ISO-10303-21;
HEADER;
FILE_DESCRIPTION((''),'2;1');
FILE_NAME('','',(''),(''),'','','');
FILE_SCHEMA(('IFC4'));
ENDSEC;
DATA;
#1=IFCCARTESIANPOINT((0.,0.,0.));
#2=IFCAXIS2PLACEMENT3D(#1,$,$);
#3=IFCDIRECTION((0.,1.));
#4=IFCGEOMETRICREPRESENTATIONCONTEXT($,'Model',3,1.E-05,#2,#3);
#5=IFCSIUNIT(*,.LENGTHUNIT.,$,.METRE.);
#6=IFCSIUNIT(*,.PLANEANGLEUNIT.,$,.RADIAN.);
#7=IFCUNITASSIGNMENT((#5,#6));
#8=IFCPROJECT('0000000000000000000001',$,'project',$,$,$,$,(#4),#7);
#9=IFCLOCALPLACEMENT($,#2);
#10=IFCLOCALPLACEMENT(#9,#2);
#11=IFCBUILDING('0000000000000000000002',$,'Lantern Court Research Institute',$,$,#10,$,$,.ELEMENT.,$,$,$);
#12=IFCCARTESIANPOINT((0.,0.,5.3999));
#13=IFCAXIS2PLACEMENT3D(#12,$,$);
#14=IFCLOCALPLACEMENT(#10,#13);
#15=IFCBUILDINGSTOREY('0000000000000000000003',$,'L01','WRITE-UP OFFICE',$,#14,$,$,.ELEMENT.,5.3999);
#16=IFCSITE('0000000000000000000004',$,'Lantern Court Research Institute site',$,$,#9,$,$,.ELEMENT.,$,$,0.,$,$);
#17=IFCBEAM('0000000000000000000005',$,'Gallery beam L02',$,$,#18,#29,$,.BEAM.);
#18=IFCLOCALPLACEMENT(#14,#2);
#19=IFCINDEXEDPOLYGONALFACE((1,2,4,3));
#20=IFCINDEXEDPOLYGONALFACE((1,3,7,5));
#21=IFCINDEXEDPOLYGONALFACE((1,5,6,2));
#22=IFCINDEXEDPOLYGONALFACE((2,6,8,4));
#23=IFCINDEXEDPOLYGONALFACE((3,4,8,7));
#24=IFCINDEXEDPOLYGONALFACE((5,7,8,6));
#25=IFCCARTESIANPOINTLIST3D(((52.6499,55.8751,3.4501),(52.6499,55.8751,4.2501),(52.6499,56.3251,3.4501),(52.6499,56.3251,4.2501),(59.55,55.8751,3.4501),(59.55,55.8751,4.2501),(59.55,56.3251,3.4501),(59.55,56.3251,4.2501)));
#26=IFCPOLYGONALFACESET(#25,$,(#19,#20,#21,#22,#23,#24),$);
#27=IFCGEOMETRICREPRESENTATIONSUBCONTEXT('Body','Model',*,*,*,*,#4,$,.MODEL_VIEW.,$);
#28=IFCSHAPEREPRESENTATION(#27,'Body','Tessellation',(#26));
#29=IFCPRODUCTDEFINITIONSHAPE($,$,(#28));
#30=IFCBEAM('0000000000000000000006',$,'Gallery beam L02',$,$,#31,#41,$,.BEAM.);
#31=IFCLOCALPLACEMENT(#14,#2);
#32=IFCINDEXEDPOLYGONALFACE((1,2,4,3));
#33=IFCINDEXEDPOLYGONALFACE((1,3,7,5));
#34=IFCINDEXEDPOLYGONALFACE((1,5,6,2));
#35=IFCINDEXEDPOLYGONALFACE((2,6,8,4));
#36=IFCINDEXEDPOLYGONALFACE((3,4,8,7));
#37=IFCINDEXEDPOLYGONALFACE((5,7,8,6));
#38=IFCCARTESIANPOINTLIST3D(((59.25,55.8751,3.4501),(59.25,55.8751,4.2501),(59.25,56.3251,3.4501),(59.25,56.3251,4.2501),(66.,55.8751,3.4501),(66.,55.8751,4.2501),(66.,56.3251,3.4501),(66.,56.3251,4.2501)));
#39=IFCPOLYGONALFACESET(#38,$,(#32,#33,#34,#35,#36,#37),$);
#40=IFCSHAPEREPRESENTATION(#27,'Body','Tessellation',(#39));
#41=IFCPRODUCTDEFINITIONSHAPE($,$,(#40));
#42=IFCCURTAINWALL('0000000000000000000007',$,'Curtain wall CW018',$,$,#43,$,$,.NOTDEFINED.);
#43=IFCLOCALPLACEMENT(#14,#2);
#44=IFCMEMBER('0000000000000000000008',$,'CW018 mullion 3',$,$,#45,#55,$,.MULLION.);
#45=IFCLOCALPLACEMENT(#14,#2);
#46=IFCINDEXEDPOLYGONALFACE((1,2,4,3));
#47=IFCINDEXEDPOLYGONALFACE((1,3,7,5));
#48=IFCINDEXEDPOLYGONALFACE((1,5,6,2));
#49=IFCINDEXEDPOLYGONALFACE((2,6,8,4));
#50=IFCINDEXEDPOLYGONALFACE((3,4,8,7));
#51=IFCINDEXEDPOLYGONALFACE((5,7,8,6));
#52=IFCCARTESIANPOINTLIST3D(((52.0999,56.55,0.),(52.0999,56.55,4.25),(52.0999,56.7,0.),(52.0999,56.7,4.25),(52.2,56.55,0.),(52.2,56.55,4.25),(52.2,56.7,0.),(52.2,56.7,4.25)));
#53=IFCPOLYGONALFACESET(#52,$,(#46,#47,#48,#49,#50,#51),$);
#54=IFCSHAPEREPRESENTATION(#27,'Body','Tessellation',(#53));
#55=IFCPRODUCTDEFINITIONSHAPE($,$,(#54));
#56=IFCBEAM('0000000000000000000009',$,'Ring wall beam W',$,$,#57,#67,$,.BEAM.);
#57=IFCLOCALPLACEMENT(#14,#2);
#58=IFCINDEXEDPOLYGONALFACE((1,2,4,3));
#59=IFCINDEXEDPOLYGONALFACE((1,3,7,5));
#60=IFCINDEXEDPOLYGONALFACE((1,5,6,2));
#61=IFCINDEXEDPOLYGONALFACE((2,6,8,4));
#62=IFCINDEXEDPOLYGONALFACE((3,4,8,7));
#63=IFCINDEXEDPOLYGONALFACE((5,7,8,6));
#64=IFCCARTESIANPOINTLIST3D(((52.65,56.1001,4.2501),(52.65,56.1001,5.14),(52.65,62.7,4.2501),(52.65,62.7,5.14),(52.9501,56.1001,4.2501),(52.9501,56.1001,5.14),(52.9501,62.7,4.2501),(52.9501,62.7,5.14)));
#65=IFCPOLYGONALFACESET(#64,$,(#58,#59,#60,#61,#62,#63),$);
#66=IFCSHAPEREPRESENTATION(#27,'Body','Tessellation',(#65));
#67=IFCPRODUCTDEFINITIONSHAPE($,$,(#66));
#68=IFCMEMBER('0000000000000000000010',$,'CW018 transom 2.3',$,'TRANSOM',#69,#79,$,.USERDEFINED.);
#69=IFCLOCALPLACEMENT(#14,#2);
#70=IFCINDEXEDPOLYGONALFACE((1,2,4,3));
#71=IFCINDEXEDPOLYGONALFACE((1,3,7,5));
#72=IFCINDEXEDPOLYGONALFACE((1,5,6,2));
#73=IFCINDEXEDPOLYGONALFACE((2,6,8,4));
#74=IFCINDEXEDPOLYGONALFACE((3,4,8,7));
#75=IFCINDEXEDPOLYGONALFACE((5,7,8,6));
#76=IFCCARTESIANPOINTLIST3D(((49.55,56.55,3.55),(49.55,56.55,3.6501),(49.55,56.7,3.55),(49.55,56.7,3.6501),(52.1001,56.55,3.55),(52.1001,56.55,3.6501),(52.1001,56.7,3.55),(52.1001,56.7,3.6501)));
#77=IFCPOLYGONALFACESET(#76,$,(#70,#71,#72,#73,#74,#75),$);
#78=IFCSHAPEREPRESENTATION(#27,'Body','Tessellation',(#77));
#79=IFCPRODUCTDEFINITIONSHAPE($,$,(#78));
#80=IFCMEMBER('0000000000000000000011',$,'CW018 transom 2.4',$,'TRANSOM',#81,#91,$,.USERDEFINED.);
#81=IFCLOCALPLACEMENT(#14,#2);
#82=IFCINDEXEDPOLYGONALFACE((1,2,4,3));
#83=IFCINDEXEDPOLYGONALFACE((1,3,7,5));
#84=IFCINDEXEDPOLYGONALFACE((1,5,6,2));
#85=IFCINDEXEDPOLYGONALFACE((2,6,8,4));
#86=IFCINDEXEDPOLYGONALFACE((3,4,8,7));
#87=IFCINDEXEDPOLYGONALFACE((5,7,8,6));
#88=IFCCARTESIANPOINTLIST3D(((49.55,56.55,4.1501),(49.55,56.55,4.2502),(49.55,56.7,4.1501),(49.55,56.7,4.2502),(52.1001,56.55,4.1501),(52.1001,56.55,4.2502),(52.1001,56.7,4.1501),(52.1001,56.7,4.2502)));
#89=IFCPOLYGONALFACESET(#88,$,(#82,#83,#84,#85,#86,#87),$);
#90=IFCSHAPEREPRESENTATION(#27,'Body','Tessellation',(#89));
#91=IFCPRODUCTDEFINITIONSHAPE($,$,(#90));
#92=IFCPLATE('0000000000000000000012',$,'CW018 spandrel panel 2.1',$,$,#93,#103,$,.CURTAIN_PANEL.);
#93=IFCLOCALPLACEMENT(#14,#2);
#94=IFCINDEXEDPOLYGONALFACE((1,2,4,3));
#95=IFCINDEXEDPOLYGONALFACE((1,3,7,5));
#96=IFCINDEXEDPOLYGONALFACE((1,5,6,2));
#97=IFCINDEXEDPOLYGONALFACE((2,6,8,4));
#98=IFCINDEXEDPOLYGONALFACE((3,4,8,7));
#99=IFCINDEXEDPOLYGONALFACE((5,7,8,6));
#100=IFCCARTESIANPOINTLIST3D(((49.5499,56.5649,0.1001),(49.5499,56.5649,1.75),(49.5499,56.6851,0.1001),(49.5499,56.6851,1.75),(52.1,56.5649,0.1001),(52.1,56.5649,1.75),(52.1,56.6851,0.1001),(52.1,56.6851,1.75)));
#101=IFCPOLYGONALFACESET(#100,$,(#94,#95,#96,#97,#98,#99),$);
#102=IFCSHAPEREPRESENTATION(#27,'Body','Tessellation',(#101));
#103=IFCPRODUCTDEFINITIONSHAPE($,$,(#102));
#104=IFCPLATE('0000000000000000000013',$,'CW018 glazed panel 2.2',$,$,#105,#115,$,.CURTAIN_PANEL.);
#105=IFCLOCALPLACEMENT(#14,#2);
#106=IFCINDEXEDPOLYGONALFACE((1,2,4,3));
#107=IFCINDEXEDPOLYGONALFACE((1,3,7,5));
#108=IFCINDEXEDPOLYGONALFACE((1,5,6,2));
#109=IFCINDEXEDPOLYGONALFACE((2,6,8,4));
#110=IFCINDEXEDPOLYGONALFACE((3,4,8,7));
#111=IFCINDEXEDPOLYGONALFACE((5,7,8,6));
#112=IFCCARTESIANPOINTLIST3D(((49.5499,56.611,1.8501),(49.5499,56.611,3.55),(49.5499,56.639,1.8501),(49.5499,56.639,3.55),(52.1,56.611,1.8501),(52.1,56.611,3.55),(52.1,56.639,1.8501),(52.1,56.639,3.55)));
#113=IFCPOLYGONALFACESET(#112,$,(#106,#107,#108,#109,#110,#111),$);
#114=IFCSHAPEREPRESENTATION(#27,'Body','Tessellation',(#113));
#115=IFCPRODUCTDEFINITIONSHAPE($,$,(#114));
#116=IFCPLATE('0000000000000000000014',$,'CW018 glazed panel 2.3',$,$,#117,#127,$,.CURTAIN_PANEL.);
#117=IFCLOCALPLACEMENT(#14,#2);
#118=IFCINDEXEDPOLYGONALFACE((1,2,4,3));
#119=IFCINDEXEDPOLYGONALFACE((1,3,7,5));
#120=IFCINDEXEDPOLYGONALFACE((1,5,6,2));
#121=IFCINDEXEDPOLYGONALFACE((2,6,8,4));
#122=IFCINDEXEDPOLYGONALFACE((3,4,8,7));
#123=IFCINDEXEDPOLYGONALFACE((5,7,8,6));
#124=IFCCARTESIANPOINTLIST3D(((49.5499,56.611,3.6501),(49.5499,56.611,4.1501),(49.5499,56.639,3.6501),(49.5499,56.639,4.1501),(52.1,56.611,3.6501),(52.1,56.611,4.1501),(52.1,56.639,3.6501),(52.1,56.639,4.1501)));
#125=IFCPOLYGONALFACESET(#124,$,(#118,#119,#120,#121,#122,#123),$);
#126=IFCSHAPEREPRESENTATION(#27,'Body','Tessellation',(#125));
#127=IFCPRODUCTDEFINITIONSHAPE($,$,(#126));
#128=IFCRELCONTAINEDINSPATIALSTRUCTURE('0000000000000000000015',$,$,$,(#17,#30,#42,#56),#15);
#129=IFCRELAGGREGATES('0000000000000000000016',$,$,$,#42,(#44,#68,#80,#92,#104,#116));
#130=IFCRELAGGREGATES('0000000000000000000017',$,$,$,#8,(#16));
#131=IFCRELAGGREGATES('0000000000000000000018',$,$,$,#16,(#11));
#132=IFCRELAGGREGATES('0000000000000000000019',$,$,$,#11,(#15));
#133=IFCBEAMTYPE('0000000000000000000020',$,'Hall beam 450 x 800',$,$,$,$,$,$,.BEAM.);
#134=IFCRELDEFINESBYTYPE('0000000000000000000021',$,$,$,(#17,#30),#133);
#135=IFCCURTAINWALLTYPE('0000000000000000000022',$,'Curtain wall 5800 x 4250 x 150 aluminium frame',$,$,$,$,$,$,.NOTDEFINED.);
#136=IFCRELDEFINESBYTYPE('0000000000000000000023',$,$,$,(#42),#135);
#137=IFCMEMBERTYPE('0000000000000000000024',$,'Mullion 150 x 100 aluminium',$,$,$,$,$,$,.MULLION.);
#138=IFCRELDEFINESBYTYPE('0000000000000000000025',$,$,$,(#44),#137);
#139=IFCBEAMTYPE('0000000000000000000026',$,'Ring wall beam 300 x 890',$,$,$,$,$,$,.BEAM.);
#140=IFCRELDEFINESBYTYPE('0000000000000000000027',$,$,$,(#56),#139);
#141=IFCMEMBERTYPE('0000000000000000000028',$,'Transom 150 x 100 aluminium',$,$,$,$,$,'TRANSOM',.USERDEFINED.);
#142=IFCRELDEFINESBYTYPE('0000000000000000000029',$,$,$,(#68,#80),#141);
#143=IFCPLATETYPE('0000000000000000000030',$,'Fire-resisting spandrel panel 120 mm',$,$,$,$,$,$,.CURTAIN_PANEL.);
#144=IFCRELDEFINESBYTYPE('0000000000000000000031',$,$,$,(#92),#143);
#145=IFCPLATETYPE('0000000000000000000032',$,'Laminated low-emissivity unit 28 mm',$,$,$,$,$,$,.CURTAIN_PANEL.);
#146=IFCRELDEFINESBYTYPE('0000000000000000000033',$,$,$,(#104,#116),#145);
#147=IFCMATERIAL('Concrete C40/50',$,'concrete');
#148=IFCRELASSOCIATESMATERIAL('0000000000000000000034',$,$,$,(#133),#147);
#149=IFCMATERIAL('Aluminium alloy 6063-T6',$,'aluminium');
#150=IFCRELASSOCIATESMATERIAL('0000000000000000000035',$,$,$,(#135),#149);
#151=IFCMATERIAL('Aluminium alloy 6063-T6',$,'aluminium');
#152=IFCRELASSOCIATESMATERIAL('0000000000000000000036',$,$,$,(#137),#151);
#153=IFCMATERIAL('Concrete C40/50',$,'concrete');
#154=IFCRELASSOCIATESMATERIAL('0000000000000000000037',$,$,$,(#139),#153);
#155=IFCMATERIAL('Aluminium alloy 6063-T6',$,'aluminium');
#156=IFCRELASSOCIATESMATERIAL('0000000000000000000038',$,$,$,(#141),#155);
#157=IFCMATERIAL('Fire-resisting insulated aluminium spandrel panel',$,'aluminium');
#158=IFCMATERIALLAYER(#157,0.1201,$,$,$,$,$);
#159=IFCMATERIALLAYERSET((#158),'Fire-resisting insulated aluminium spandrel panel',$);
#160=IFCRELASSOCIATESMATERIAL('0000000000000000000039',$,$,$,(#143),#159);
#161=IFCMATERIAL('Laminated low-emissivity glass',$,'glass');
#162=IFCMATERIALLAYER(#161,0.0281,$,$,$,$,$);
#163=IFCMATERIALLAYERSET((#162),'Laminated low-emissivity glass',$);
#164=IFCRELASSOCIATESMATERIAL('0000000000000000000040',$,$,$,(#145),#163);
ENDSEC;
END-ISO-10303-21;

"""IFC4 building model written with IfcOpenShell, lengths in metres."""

from ifc_helpers import new_model, si_unit, direction, frame, origin, origin_2d, place, context, subcontext, project, spatial, rectangle, extrude, material, layer, layer_set, material_profile, profile_set, type_object, element, aggregate, save


model = new_model("IFC4")

# Units and contexts
model_context = context("Model", 3, precision=1e-05, world=origin(), true_north=direction((0.0, 1.0)))
body_context = subcontext(model_context, "Body", "Model", "MODEL_VIEW")
ifc_project = project(units=[si_unit("LENGTHUNIT", "METRE"), si_unit("PLANEANGLEUNIT", "RADIAN")], contexts=[model_context])

# Site, building, storey
site_placement = place(None, origin())
site = spatial("IfcSite", under=ifc_project, at=site_placement, Name="Lantern Court Research Institute site", CompositionType="ELEMENT", RefElevation=0.0)
building_placement = place(site_placement, origin())
building = spatial("IfcBuilding", under=site, at=building_placement, Name="Lantern Court Research Institute", CompositionType="ELEMENT")
storey_placement = place(building_placement, frame((0.0, 0.0, 5.3999)))
storey = spatial("IfcBuildingStorey", under=building, at=storey_placement, Name="L01", Description="WRITE-UP OFFICE", CompositionType="ELEMENT", Elevation=5.3999)

# Beams
ifc_material_1 = material(Name="Concrete C40/50", Category="concrete")
ifc_material_profile_1 = material_profile(ifc_material_1, rectangle(XDim=0.45, YDim=0.8, at=origin_2d()), Name="Hall beam 450 x 800")
ifc_profile_set_1 = profile_set([ifc_material_profile_1], Name="Concrete C40/50")
beam_type_1 = type_object("IfcBeamType", Name="Hall beam 450 x 800", PredefinedType="BEAM", material=ifc_profile_set_1)
beam_1_placement = place(storey_placement, frame((52.6499, 56.1001, 3.8501), z_axis=(1.0, 0.0, 0.0), x_axis=(0.0, 1.0, 0.0)))
element("IfcBeam", 1, at=beam_1_placement, inside=storey, type_object=beam_type_1, Name="Gallery beam L02", PredefinedType="BEAM", context=body_context, shape_type="SweptSolid", body=[
    extrude(rectangle(XDim=0.45, YDim=0.8, at=origin_2d()), origin(), (0.0, 0.0, 1.0), 6.9001),
])
beam_2_placement = place(storey_placement, frame((59.25, 56.1001, 3.8501), z_axis=(1.0, 0.0, 0.0), x_axis=(0.0, 1.0, 0.0)))
element("IfcBeam", 2, at=beam_2_placement, inside=storey, type_object=beam_type_1, Name="Gallery beam L02", PredefinedType="BEAM", context=body_context, shape_type="SweptSolid", body=[
    extrude(rectangle(XDim=0.45, YDim=0.8, at=origin_2d()), origin(), (0.0, 0.0, 1.0), 6.75),
])

# Curtain wall, member
ifc_material_2 = material(Name="Aluminium alloy 6063-T6", Category="aluminium")
curtain_wall_type = type_object("IfcCurtainWallType", Name="Curtain wall 5800 x 4250 x 150 aluminium frame", PredefinedType="NOTDEFINED", material=ifc_material_2)
curtain_wall_placement = place(storey_placement, origin())
curtain_wall = element("IfcCurtainWall", 3, at=curtain_wall_placement, inside=storey, type_object=curtain_wall_type, Name="Curtain wall CW018", PredefinedType="NOTDEFINED")
ifc_material_3 = material(Name="Aluminium alloy 6063-T6", Category="aluminium")
ifc_material_profile_2 = material_profile(ifc_material_3, rectangle(XDim=0.1499, YDim=0.1001, at=origin_2d()), Name="Mullion 150 x 100")
ifc_profile_set_2 = profile_set([ifc_material_profile_2], Name="Aluminium alloy 6063-T6")
member_type_1 = type_object("IfcMemberType", Name="Mullion 150 x 100 aluminium", PredefinedType="MULLION", material=ifc_profile_set_2)
member_1_placement = place(storey_placement, frame((52.1499, 56.625, 0.0), z_axis=(0.0, 0.0, 1.0), x_axis=(0.0, 1.0, 0.0)))
member_1 = element("IfcMember", 4, at=member_1_placement, type_object=member_type_1, Name="CW018 mullion 3", PredefinedType="MULLION", context=body_context, shape_type="SweptSolid", body=[
    extrude(rectangle(XDim=0.1499, YDim=0.1001, at=origin_2d()), origin(), (0.0, 0.0, 1.0), 4.25),
])

# Beam
ifc_material_4 = material(Name="Concrete C40/50", Category="concrete")
ifc_material_profile_3 = material_profile(ifc_material_4, rectangle(XDim=0.3, YDim=0.8899, at=origin_2d()), Name="Ring wall beam 300 x 890")
ifc_profile_set_3 = profile_set([ifc_material_profile_3], Name="Concrete C40/50")
beam_type_2 = type_object("IfcBeamType", Name="Ring wall beam 300 x 890", PredefinedType="BEAM", material=ifc_profile_set_3)
beam_3_placement = place(storey_placement, frame((52.8, 56.1001, 4.6951), z_axis=(0.0, 1.0, 0.0), x_axis=(-1.0, 0.0, 0.0)))
element("IfcBeam", 5, at=beam_3_placement, inside=storey, type_object=beam_type_2, Name="Ring wall beam W", PredefinedType="BEAM", context=body_context, shape_type="SweptSolid", body=[
    extrude(rectangle(XDim=0.3, YDim=0.8899, at=origin_2d()), origin(), (0.0, 0.0, 1.0), 6.5999),
])

# Members
ifc_material_5 = material(Name="Aluminium alloy 6063-T6", Category="aluminium")
ifc_material_profile_4 = material_profile(ifc_material_5, rectangle(XDim=0.1499, YDim=0.1001, at=origin_2d()), Name="Transom 150 x 100")
ifc_profile_set_4 = profile_set([ifc_material_profile_4], Name="Aluminium alloy 6063-T6")
member_type_2 = type_object("IfcMemberType", Name="Transom 150 x 100 aluminium", ElementType="TRANSOM", PredefinedType="USERDEFINED", material=ifc_profile_set_4)
member_2_placement = place(storey_placement, frame((49.55, 56.625, 3.6001), z_axis=(1.0, 0.0, 0.0), x_axis=(0.0, 1.0, 0.0)))
member_2 = element("IfcMember", 6, at=member_2_placement, type_object=member_type_2, Name="CW018 transom 2.3", ObjectType="TRANSOM", PredefinedType="USERDEFINED", context=body_context, shape_type="SweptSolid", body=[
    extrude(rectangle(XDim=0.1499, YDim=0.1001, at=origin_2d()), origin(), (0.0, 0.0, 1.0), 2.55),
])
member_3_placement = place(storey_placement, frame((49.55, 56.625, 4.2002), z_axis=(1.0, 0.0, 0.0), x_axis=(0.0, 1.0, 0.0)))
member_3 = element("IfcMember", 7, at=member_3_placement, type_object=member_type_2, Name="CW018 transom 2.4", ObjectType="TRANSOM", PredefinedType="USERDEFINED", context=body_context, shape_type="SweptSolid", body=[
    extrude(rectangle(XDim=0.1499, YDim=0.1001, at=origin_2d()), origin(), (0.0, 0.0, 1.0), 2.55),
])

# Plates
ifc_material_6 = material(Name="Fire-resisting insulated aluminium spandrel panel", Category="aluminium")
ifc_layer_1 = layer(ifc_material_6, 0.1201)
ifc_layer_set_1 = layer_set([ifc_layer_1], Name="Fire-resisting insulated aluminium spandrel panel")
plate_type_1 = type_object("IfcPlateType", Name="Fire-resisting spandrel panel 120 mm", PredefinedType="CURTAIN_PANEL", material=ifc_layer_set_1)
plate_1_placement = place(storey_placement, frame((50.825, 56.625, 0.1001), z_axis=(0.0, 0.0, 1.0), x_axis=(1.0, 0.0, 0.0)))
plate_1 = element("IfcPlate", 8, at=plate_1_placement, type_object=plate_type_1, Name="CW018 spandrel panel 2.1", PredefinedType="CURTAIN_PANEL", context=body_context, shape_type="SweptSolid", body=[
    extrude(rectangle(XDim=2.55, YDim=0.1201, at=origin_2d()), origin(), (0.0, 0.0, 1.0), 1.6499),
])
ifc_material_7 = material(Name="Laminated low-emissivity glass", Category="glass")
ifc_layer_2 = layer(ifc_material_7, 0.0281)
ifc_layer_set_2 = layer_set([ifc_layer_2], Name="Laminated low-emissivity glass")
plate_type_2 = type_object("IfcPlateType", Name="Laminated low-emissivity unit 28 mm", PredefinedType="CURTAIN_PANEL", material=ifc_layer_set_2)
plate_2_placement = place(storey_placement, frame((50.825, 56.625, 1.8501), z_axis=(0.0, 0.0, 1.0), x_axis=(1.0, 0.0, 0.0)))
plate_2 = element("IfcPlate", 9, at=plate_2_placement, type_object=plate_type_2, Name="CW018 glazed panel 2.2", PredefinedType="CURTAIN_PANEL", context=body_context, shape_type="SweptSolid", body=[
    extrude(rectangle(XDim=2.55, YDim=0.0281, at=origin_2d()), origin(), (0.0, 0.0, 1.0), 1.7),
])
plate_3_placement = place(storey_placement, frame((50.825, 56.625, 3.6501), z_axis=(0.0, 0.0, 1.0), x_axis=(1.0, 0.0, 0.0)))
plate_3 = element("IfcPlate", 10, at=plate_3_placement, type_object=plate_type_2, Name="CW018 glazed panel 2.3", PredefinedType="CURTAIN_PANEL", context=body_context, shape_type="SweptSolid", body=[
    extrude(rectangle(XDim=2.55, YDim=0.0281, at=origin_2d()), origin(), (0.0, 0.0, 1.0), 0.5),
])
aggregate(curtain_wall, [member_1, member_2, member_3, plate_1, plate_2, plate_3])

save(model, "model.ifc")
